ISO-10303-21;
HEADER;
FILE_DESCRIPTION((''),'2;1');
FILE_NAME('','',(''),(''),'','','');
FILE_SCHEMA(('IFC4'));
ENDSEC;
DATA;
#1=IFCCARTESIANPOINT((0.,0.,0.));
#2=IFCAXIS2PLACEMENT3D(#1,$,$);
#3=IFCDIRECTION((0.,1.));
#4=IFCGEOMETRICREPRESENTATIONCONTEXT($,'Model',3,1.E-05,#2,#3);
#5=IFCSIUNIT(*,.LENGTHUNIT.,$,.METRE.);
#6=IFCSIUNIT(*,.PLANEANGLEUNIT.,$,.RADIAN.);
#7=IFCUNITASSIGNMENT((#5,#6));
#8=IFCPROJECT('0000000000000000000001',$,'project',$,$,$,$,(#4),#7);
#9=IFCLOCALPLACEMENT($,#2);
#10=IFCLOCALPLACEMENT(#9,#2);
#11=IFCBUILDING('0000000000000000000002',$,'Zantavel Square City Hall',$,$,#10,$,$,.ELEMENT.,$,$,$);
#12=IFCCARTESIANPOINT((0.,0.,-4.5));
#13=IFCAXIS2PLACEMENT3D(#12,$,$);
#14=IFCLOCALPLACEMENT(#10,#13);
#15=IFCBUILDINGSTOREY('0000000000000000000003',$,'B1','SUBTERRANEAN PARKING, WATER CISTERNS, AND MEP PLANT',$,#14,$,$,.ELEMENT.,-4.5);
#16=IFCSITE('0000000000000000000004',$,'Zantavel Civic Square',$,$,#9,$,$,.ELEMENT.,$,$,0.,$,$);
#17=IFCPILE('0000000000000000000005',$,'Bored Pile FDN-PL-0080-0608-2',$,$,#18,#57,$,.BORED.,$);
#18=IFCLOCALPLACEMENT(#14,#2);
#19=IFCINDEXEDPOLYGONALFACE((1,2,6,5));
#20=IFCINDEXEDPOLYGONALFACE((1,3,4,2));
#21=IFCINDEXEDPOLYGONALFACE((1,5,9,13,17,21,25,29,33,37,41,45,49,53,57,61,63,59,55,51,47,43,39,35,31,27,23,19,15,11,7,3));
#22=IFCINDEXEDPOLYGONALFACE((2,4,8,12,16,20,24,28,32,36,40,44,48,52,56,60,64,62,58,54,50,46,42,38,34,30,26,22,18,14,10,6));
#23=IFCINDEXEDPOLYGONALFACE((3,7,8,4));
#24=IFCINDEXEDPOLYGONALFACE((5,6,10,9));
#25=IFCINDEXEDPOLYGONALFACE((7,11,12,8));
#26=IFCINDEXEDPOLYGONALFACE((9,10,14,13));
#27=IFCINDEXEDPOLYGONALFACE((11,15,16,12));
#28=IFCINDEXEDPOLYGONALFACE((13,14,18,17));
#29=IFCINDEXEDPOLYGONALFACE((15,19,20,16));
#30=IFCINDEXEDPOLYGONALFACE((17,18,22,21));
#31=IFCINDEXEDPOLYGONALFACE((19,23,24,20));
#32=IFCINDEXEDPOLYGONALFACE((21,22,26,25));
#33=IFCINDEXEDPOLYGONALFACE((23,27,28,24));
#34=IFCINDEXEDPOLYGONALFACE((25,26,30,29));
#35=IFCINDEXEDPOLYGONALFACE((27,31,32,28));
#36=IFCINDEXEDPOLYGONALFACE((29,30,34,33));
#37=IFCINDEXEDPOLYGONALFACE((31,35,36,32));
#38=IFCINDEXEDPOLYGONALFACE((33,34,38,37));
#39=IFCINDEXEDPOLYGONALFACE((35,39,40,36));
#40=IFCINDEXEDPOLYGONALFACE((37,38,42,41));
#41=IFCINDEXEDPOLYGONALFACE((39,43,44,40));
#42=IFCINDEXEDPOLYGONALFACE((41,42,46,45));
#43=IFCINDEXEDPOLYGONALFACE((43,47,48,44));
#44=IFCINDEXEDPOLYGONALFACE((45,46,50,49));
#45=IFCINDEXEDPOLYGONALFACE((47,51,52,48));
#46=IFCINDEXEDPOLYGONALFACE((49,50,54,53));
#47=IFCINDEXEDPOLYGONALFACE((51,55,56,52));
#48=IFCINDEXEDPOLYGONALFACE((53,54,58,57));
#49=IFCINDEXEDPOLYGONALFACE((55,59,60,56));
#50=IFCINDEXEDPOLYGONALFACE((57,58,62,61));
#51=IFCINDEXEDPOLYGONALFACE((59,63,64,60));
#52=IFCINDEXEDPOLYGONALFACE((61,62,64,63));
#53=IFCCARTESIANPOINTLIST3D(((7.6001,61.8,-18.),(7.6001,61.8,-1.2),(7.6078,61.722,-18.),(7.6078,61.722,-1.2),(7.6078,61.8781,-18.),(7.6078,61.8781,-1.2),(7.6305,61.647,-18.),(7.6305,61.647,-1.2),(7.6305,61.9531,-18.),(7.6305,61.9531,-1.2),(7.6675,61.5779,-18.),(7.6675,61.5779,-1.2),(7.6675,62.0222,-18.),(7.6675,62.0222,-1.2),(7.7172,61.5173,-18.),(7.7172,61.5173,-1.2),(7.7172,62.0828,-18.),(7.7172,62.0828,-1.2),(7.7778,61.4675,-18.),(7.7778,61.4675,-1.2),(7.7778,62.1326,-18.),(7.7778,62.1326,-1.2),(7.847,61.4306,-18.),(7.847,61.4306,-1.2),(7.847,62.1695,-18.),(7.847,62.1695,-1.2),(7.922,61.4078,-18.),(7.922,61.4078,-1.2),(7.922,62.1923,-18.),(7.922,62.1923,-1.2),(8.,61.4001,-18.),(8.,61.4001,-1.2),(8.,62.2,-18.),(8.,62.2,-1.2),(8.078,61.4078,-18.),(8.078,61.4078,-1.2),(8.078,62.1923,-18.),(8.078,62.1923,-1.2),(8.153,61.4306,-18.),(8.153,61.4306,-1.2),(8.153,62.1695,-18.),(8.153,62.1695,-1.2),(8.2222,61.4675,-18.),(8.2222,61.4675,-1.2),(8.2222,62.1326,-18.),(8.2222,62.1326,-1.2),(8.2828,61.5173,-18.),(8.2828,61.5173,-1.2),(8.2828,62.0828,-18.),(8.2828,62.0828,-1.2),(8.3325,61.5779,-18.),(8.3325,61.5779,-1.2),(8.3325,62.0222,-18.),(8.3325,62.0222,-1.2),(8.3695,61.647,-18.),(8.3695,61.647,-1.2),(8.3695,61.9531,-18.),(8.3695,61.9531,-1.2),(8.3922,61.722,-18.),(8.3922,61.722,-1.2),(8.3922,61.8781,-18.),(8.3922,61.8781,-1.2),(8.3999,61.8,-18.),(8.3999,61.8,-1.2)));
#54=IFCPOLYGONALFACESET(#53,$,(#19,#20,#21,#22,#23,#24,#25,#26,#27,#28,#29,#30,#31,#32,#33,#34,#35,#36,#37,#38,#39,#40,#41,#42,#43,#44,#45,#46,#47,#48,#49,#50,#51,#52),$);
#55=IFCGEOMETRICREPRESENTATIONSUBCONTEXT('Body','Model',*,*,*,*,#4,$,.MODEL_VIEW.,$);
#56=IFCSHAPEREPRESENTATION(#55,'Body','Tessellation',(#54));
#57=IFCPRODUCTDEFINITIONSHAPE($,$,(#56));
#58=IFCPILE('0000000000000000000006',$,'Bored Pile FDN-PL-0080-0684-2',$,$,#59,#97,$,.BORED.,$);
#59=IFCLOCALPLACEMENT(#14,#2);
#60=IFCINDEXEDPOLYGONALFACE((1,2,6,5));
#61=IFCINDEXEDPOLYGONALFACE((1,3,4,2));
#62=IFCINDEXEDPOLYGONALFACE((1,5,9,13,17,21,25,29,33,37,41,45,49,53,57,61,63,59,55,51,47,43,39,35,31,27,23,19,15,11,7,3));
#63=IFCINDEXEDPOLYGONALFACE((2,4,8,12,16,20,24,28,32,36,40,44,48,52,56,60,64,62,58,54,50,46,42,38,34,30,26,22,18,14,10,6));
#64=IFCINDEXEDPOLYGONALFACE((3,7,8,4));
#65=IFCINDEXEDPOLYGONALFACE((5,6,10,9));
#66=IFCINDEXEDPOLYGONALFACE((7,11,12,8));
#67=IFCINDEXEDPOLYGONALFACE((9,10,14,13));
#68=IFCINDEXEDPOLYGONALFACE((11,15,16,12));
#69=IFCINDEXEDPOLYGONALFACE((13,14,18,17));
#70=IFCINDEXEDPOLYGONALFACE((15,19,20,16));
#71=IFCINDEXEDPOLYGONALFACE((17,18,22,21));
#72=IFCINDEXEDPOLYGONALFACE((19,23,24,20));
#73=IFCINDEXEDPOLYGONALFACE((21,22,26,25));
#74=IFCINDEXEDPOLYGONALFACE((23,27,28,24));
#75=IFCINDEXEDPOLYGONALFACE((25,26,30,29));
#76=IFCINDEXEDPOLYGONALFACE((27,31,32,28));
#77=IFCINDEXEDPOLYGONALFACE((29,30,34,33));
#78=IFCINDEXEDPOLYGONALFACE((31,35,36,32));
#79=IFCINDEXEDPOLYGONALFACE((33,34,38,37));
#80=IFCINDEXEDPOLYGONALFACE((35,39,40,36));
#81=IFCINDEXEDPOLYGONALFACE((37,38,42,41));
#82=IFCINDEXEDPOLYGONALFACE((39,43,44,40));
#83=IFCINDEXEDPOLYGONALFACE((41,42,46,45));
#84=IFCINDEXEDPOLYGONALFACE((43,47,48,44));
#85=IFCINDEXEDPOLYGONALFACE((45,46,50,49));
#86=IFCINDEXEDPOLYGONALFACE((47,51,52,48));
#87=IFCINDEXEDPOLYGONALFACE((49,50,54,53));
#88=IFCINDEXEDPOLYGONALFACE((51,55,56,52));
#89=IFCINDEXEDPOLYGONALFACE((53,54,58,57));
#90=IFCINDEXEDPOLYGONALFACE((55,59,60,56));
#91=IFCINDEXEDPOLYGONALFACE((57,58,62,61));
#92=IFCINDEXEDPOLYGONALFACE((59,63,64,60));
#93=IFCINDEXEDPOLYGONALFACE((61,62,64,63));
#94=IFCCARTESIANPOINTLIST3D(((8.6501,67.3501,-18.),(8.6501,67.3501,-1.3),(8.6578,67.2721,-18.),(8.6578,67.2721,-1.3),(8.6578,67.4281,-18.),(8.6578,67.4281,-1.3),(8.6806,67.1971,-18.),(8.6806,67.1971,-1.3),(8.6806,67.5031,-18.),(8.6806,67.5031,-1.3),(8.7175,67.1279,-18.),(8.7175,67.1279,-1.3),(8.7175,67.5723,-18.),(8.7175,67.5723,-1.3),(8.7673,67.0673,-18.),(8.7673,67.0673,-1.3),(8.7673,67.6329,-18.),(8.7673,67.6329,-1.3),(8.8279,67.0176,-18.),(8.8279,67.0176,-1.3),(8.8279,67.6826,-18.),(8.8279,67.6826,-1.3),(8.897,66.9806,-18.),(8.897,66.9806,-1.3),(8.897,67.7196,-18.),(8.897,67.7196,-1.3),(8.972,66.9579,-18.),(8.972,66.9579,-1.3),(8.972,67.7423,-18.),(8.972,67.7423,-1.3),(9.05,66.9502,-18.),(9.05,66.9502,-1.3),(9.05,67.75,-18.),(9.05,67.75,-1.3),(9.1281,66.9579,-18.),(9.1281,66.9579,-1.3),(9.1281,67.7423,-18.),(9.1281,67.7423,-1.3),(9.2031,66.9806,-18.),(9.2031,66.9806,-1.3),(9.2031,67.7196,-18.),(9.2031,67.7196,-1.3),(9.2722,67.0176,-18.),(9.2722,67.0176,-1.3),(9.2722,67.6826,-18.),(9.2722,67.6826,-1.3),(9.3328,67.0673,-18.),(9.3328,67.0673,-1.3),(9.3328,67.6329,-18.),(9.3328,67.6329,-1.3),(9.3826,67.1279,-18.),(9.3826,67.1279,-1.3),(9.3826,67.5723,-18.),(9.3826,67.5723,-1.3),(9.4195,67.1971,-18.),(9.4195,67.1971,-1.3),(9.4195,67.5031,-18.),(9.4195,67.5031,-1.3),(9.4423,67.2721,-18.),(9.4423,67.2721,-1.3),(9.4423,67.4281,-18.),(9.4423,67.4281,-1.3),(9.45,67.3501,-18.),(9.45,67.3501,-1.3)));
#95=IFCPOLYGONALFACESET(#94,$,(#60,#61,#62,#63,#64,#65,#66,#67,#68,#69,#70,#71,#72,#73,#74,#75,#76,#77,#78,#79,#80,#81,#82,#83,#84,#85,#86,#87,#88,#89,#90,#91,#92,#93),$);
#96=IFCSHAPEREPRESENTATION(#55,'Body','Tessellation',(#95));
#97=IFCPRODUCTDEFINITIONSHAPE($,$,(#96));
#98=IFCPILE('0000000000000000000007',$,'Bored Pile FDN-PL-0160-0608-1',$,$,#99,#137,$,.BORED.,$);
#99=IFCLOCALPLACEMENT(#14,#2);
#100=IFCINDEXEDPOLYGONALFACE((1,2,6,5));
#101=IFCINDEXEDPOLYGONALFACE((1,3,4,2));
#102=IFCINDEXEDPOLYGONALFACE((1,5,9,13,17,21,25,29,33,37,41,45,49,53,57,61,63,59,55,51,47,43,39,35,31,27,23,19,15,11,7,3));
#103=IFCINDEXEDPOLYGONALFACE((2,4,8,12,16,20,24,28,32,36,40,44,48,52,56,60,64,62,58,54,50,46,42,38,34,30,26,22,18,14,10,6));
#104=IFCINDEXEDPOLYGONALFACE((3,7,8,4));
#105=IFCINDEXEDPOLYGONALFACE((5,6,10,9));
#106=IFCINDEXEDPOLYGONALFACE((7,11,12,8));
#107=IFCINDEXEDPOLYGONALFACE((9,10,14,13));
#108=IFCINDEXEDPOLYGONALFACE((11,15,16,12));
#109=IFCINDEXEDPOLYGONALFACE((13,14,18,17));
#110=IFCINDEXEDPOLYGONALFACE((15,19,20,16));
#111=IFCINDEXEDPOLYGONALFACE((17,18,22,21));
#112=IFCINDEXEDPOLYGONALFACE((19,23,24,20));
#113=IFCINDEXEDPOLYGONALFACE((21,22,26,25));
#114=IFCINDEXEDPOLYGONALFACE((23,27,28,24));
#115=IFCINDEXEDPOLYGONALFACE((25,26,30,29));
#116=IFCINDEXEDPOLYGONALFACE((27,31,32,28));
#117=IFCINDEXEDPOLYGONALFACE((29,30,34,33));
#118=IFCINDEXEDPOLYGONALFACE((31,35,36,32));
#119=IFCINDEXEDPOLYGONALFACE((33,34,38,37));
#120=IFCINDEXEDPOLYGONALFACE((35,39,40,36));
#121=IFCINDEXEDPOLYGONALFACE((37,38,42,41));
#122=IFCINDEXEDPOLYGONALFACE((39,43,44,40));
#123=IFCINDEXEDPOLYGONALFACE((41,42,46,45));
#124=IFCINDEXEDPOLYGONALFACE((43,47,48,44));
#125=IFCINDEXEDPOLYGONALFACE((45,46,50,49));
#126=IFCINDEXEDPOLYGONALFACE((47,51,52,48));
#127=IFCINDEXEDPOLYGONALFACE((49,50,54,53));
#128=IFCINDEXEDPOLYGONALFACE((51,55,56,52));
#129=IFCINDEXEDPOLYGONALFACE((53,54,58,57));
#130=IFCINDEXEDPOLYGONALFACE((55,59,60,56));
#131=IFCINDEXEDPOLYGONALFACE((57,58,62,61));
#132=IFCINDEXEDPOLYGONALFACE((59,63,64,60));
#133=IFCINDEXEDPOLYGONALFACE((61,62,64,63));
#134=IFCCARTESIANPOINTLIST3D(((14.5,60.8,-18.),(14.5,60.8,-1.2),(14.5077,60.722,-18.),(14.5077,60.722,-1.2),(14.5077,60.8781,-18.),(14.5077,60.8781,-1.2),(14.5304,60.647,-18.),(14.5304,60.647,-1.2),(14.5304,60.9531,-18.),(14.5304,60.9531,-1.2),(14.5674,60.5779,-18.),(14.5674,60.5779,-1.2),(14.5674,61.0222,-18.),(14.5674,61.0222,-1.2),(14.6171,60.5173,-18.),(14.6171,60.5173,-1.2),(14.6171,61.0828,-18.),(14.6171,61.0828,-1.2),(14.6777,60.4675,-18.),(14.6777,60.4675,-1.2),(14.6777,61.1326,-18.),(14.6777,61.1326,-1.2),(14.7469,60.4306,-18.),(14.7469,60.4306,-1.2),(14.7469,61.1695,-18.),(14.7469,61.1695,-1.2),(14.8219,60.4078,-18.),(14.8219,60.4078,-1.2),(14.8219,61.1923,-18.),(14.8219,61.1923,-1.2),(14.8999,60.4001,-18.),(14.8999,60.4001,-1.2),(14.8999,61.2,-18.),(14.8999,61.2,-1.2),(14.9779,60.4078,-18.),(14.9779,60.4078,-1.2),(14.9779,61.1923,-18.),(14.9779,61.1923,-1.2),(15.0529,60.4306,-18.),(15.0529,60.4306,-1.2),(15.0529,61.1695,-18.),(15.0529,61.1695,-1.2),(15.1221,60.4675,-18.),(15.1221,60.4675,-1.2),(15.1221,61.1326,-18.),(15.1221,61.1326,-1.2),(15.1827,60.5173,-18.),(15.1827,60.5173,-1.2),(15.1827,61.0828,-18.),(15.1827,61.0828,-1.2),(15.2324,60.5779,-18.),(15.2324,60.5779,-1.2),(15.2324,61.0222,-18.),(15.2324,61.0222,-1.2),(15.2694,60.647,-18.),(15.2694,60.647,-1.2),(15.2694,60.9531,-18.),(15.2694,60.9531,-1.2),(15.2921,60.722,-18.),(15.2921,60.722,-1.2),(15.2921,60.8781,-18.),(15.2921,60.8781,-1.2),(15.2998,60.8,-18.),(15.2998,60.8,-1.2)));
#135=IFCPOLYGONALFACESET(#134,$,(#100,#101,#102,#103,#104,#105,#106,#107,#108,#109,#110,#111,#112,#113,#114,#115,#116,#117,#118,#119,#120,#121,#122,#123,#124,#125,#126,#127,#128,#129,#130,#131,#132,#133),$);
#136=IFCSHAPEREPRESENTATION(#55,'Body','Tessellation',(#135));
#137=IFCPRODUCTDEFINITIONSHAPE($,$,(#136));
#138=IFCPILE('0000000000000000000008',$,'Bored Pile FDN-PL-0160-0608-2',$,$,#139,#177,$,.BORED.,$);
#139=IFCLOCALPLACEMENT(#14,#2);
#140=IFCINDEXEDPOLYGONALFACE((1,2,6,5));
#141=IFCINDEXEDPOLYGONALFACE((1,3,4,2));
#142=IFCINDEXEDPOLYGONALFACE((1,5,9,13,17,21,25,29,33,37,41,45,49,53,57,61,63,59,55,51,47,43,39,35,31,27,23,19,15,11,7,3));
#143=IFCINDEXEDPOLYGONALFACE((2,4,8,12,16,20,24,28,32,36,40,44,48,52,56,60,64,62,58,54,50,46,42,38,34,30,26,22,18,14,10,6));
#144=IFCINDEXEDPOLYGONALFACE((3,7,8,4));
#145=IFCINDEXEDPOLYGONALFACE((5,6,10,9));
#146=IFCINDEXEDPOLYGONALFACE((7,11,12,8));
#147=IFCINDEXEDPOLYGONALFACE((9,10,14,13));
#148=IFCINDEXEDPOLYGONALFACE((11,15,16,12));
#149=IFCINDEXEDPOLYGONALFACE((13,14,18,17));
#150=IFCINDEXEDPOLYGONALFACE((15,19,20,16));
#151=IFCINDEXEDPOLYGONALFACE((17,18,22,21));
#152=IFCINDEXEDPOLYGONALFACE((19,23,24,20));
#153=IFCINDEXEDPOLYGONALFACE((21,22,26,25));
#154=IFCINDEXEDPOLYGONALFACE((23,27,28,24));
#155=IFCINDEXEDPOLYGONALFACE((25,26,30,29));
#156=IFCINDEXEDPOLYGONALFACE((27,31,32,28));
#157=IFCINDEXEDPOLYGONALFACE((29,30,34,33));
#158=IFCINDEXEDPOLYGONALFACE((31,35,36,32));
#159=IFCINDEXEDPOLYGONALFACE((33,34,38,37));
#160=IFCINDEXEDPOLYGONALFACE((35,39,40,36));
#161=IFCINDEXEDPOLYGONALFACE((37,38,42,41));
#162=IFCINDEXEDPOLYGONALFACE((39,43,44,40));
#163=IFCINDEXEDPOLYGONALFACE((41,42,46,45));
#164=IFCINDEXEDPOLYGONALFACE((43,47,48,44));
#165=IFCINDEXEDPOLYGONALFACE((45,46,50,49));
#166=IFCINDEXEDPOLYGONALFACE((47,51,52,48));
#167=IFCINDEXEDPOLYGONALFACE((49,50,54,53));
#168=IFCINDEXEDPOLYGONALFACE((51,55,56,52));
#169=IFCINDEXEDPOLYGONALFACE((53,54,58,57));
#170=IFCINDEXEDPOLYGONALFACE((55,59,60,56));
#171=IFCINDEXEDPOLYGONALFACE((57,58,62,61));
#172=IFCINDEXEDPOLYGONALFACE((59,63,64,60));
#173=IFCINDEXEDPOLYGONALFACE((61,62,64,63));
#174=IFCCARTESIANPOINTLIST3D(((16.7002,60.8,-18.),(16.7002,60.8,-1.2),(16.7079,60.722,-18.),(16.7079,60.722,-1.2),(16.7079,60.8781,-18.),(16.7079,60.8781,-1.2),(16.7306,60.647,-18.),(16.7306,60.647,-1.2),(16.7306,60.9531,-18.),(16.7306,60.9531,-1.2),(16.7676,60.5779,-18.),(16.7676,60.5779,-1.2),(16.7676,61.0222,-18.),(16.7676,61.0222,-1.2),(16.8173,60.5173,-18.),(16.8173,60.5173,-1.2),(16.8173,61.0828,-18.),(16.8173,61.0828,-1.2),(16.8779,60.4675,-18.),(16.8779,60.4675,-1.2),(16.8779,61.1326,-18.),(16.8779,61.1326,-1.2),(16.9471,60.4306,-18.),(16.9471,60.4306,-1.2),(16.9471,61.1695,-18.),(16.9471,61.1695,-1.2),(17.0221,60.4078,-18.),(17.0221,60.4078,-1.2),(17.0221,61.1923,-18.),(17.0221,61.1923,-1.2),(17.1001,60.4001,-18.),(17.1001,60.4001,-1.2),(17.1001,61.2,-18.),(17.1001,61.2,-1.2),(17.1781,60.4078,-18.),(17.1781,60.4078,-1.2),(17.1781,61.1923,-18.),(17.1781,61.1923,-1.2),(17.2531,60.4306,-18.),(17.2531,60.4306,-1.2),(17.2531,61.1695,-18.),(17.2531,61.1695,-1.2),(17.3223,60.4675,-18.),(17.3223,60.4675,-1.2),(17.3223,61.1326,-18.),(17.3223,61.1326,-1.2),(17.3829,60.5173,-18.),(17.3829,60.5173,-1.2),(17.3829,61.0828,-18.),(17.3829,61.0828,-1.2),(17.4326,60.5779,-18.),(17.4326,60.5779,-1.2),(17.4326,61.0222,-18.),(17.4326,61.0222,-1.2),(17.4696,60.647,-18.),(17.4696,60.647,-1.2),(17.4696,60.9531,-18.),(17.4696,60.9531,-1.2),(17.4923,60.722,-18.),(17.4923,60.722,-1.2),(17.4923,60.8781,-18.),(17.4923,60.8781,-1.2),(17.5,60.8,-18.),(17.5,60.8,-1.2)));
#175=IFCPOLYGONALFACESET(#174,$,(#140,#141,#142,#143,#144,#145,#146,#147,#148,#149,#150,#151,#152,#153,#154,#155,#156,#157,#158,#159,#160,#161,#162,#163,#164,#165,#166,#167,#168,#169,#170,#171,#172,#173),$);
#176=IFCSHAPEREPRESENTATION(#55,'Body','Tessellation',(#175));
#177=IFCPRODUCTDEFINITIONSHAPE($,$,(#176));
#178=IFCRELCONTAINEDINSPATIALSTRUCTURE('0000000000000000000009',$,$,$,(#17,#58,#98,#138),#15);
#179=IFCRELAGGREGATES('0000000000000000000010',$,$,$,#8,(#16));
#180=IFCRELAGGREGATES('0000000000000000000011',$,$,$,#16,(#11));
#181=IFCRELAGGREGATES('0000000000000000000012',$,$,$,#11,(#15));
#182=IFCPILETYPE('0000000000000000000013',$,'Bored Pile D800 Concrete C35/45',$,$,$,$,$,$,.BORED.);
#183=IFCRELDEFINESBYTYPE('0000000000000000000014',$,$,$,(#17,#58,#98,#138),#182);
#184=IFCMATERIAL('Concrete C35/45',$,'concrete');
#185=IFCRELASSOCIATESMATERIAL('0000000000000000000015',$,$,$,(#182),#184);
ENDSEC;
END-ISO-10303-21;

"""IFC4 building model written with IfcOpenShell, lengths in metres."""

from ifc_helpers import new_model, si_unit, direction, frame, origin, origin_2d, place, context, subcontext, project, spatial, circle, extrude, material, material_profile, profile_set, type_object, element, save


model = new_model("IFC4")

# Units and contexts
model_context = context("Model", 3, precision=1e-05, world=origin(), true_north=direction((0.0, 1.0)))
body_context = subcontext(model_context, "Body", "Model", "MODEL_VIEW")
ifc_project = project(units=[si_unit("LENGTHUNIT", "METRE"), si_unit("PLANEANGLEUNIT", "RADIAN")], contexts=[model_context])

# Site, building, storey
site_placement = place(None, origin())
site = spatial("IfcSite", under=ifc_project, at=site_placement, Name="Zantavel Civic Square", CompositionType="ELEMENT", RefElevation=0.0)
building_placement = place(site_placement, origin())
building = spatial("IfcBuilding", under=site, at=building_placement, Name="Zantavel Square City Hall", CompositionType="ELEMENT")
storey_placement = place(building_placement, frame((0.0, 0.0, -4.5)))
storey = spatial("IfcBuildingStorey", under=building, at=storey_placement, Name="B1", Description="SUBTERRANEAN PARKING, WATER CISTERNS, AND MEP PLANT", CompositionType="ELEMENT", Elevation=-4.5)

# Piles
ifc_material_1 = material(Name="Concrete C35/45", Category="concrete")
ifc_material_profile_1 = material_profile(ifc_material_1, circle(Radius=0.3999, at=origin_2d()), Name="PILE D800")
ifc_profile_set_1 = profile_set([ifc_material_profile_1], Name="Concrete C35/45")
pile_type = type_object("IfcPileType", Name="Bored Pile D800 Concrete C35/45", PredefinedType="BORED", material=ifc_profile_set_1)
pile_1_placement = place(storey_placement, frame((8.0, 61.8, -1.2), z_axis=(0.0, 0.0, -1.0), x_axis=(1.0, 0.0, 0.0)))
element("IfcPile", 1, at=pile_1_placement, inside=storey, type_object=pile_type, Name="Bored Pile FDN-PL-0080-0608-2", PredefinedType="BORED", context=body_context, shape_type="SweptSolid", body=[
    extrude(circle(Radius=0.3999, at=origin_2d()), origin(), (0.0, 0.0, 1.0), 16.8),
])
pile_2_placement = place(storey_placement, frame((9.05, 67.3501, -1.3), z_axis=(0.0, 0.0, -1.0), x_axis=(1.0, 0.0, 0.0)))
element("IfcPile", 2, at=pile_2_placement, inside=storey, type_object=pile_type, Name="Bored Pile FDN-PL-0080-0684-2", PredefinedType="BORED", context=body_context, shape_type="SweptSolid", body=[
    extrude(circle(Radius=0.3999, at=origin_2d()), origin(), (0.0, 0.0, 1.0), 16.7),
])
for number, where, z_axis, x_axis, name in (
    (3, (14.8999, 60.8, -1.2), (0.0, 0.0, -1.0), (1.0, 0.0, 0.0), "Bored Pile FDN-PL-0160-0608-1"),
    (4, (17.1001, 60.8, -1.2), (0.0, 0.0, -1.0), (1.0, 0.0, 0.0), "Bored Pile FDN-PL-0160-0608-2"),
):
    element("IfcPile", number, at=place(storey_placement, frame(where, z_axis=z_axis, x_axis=x_axis)), inside=storey, type_object=pile_type, Name=name, PredefinedType="BORED", context=body_context, shape_type="SweptSolid", body=[
        extrude(circle(Radius=0.3999, at=origin_2d()), origin(), (0.0, 0.0, 1.0), 16.8),
    ])

save(model, "model.ifc")
